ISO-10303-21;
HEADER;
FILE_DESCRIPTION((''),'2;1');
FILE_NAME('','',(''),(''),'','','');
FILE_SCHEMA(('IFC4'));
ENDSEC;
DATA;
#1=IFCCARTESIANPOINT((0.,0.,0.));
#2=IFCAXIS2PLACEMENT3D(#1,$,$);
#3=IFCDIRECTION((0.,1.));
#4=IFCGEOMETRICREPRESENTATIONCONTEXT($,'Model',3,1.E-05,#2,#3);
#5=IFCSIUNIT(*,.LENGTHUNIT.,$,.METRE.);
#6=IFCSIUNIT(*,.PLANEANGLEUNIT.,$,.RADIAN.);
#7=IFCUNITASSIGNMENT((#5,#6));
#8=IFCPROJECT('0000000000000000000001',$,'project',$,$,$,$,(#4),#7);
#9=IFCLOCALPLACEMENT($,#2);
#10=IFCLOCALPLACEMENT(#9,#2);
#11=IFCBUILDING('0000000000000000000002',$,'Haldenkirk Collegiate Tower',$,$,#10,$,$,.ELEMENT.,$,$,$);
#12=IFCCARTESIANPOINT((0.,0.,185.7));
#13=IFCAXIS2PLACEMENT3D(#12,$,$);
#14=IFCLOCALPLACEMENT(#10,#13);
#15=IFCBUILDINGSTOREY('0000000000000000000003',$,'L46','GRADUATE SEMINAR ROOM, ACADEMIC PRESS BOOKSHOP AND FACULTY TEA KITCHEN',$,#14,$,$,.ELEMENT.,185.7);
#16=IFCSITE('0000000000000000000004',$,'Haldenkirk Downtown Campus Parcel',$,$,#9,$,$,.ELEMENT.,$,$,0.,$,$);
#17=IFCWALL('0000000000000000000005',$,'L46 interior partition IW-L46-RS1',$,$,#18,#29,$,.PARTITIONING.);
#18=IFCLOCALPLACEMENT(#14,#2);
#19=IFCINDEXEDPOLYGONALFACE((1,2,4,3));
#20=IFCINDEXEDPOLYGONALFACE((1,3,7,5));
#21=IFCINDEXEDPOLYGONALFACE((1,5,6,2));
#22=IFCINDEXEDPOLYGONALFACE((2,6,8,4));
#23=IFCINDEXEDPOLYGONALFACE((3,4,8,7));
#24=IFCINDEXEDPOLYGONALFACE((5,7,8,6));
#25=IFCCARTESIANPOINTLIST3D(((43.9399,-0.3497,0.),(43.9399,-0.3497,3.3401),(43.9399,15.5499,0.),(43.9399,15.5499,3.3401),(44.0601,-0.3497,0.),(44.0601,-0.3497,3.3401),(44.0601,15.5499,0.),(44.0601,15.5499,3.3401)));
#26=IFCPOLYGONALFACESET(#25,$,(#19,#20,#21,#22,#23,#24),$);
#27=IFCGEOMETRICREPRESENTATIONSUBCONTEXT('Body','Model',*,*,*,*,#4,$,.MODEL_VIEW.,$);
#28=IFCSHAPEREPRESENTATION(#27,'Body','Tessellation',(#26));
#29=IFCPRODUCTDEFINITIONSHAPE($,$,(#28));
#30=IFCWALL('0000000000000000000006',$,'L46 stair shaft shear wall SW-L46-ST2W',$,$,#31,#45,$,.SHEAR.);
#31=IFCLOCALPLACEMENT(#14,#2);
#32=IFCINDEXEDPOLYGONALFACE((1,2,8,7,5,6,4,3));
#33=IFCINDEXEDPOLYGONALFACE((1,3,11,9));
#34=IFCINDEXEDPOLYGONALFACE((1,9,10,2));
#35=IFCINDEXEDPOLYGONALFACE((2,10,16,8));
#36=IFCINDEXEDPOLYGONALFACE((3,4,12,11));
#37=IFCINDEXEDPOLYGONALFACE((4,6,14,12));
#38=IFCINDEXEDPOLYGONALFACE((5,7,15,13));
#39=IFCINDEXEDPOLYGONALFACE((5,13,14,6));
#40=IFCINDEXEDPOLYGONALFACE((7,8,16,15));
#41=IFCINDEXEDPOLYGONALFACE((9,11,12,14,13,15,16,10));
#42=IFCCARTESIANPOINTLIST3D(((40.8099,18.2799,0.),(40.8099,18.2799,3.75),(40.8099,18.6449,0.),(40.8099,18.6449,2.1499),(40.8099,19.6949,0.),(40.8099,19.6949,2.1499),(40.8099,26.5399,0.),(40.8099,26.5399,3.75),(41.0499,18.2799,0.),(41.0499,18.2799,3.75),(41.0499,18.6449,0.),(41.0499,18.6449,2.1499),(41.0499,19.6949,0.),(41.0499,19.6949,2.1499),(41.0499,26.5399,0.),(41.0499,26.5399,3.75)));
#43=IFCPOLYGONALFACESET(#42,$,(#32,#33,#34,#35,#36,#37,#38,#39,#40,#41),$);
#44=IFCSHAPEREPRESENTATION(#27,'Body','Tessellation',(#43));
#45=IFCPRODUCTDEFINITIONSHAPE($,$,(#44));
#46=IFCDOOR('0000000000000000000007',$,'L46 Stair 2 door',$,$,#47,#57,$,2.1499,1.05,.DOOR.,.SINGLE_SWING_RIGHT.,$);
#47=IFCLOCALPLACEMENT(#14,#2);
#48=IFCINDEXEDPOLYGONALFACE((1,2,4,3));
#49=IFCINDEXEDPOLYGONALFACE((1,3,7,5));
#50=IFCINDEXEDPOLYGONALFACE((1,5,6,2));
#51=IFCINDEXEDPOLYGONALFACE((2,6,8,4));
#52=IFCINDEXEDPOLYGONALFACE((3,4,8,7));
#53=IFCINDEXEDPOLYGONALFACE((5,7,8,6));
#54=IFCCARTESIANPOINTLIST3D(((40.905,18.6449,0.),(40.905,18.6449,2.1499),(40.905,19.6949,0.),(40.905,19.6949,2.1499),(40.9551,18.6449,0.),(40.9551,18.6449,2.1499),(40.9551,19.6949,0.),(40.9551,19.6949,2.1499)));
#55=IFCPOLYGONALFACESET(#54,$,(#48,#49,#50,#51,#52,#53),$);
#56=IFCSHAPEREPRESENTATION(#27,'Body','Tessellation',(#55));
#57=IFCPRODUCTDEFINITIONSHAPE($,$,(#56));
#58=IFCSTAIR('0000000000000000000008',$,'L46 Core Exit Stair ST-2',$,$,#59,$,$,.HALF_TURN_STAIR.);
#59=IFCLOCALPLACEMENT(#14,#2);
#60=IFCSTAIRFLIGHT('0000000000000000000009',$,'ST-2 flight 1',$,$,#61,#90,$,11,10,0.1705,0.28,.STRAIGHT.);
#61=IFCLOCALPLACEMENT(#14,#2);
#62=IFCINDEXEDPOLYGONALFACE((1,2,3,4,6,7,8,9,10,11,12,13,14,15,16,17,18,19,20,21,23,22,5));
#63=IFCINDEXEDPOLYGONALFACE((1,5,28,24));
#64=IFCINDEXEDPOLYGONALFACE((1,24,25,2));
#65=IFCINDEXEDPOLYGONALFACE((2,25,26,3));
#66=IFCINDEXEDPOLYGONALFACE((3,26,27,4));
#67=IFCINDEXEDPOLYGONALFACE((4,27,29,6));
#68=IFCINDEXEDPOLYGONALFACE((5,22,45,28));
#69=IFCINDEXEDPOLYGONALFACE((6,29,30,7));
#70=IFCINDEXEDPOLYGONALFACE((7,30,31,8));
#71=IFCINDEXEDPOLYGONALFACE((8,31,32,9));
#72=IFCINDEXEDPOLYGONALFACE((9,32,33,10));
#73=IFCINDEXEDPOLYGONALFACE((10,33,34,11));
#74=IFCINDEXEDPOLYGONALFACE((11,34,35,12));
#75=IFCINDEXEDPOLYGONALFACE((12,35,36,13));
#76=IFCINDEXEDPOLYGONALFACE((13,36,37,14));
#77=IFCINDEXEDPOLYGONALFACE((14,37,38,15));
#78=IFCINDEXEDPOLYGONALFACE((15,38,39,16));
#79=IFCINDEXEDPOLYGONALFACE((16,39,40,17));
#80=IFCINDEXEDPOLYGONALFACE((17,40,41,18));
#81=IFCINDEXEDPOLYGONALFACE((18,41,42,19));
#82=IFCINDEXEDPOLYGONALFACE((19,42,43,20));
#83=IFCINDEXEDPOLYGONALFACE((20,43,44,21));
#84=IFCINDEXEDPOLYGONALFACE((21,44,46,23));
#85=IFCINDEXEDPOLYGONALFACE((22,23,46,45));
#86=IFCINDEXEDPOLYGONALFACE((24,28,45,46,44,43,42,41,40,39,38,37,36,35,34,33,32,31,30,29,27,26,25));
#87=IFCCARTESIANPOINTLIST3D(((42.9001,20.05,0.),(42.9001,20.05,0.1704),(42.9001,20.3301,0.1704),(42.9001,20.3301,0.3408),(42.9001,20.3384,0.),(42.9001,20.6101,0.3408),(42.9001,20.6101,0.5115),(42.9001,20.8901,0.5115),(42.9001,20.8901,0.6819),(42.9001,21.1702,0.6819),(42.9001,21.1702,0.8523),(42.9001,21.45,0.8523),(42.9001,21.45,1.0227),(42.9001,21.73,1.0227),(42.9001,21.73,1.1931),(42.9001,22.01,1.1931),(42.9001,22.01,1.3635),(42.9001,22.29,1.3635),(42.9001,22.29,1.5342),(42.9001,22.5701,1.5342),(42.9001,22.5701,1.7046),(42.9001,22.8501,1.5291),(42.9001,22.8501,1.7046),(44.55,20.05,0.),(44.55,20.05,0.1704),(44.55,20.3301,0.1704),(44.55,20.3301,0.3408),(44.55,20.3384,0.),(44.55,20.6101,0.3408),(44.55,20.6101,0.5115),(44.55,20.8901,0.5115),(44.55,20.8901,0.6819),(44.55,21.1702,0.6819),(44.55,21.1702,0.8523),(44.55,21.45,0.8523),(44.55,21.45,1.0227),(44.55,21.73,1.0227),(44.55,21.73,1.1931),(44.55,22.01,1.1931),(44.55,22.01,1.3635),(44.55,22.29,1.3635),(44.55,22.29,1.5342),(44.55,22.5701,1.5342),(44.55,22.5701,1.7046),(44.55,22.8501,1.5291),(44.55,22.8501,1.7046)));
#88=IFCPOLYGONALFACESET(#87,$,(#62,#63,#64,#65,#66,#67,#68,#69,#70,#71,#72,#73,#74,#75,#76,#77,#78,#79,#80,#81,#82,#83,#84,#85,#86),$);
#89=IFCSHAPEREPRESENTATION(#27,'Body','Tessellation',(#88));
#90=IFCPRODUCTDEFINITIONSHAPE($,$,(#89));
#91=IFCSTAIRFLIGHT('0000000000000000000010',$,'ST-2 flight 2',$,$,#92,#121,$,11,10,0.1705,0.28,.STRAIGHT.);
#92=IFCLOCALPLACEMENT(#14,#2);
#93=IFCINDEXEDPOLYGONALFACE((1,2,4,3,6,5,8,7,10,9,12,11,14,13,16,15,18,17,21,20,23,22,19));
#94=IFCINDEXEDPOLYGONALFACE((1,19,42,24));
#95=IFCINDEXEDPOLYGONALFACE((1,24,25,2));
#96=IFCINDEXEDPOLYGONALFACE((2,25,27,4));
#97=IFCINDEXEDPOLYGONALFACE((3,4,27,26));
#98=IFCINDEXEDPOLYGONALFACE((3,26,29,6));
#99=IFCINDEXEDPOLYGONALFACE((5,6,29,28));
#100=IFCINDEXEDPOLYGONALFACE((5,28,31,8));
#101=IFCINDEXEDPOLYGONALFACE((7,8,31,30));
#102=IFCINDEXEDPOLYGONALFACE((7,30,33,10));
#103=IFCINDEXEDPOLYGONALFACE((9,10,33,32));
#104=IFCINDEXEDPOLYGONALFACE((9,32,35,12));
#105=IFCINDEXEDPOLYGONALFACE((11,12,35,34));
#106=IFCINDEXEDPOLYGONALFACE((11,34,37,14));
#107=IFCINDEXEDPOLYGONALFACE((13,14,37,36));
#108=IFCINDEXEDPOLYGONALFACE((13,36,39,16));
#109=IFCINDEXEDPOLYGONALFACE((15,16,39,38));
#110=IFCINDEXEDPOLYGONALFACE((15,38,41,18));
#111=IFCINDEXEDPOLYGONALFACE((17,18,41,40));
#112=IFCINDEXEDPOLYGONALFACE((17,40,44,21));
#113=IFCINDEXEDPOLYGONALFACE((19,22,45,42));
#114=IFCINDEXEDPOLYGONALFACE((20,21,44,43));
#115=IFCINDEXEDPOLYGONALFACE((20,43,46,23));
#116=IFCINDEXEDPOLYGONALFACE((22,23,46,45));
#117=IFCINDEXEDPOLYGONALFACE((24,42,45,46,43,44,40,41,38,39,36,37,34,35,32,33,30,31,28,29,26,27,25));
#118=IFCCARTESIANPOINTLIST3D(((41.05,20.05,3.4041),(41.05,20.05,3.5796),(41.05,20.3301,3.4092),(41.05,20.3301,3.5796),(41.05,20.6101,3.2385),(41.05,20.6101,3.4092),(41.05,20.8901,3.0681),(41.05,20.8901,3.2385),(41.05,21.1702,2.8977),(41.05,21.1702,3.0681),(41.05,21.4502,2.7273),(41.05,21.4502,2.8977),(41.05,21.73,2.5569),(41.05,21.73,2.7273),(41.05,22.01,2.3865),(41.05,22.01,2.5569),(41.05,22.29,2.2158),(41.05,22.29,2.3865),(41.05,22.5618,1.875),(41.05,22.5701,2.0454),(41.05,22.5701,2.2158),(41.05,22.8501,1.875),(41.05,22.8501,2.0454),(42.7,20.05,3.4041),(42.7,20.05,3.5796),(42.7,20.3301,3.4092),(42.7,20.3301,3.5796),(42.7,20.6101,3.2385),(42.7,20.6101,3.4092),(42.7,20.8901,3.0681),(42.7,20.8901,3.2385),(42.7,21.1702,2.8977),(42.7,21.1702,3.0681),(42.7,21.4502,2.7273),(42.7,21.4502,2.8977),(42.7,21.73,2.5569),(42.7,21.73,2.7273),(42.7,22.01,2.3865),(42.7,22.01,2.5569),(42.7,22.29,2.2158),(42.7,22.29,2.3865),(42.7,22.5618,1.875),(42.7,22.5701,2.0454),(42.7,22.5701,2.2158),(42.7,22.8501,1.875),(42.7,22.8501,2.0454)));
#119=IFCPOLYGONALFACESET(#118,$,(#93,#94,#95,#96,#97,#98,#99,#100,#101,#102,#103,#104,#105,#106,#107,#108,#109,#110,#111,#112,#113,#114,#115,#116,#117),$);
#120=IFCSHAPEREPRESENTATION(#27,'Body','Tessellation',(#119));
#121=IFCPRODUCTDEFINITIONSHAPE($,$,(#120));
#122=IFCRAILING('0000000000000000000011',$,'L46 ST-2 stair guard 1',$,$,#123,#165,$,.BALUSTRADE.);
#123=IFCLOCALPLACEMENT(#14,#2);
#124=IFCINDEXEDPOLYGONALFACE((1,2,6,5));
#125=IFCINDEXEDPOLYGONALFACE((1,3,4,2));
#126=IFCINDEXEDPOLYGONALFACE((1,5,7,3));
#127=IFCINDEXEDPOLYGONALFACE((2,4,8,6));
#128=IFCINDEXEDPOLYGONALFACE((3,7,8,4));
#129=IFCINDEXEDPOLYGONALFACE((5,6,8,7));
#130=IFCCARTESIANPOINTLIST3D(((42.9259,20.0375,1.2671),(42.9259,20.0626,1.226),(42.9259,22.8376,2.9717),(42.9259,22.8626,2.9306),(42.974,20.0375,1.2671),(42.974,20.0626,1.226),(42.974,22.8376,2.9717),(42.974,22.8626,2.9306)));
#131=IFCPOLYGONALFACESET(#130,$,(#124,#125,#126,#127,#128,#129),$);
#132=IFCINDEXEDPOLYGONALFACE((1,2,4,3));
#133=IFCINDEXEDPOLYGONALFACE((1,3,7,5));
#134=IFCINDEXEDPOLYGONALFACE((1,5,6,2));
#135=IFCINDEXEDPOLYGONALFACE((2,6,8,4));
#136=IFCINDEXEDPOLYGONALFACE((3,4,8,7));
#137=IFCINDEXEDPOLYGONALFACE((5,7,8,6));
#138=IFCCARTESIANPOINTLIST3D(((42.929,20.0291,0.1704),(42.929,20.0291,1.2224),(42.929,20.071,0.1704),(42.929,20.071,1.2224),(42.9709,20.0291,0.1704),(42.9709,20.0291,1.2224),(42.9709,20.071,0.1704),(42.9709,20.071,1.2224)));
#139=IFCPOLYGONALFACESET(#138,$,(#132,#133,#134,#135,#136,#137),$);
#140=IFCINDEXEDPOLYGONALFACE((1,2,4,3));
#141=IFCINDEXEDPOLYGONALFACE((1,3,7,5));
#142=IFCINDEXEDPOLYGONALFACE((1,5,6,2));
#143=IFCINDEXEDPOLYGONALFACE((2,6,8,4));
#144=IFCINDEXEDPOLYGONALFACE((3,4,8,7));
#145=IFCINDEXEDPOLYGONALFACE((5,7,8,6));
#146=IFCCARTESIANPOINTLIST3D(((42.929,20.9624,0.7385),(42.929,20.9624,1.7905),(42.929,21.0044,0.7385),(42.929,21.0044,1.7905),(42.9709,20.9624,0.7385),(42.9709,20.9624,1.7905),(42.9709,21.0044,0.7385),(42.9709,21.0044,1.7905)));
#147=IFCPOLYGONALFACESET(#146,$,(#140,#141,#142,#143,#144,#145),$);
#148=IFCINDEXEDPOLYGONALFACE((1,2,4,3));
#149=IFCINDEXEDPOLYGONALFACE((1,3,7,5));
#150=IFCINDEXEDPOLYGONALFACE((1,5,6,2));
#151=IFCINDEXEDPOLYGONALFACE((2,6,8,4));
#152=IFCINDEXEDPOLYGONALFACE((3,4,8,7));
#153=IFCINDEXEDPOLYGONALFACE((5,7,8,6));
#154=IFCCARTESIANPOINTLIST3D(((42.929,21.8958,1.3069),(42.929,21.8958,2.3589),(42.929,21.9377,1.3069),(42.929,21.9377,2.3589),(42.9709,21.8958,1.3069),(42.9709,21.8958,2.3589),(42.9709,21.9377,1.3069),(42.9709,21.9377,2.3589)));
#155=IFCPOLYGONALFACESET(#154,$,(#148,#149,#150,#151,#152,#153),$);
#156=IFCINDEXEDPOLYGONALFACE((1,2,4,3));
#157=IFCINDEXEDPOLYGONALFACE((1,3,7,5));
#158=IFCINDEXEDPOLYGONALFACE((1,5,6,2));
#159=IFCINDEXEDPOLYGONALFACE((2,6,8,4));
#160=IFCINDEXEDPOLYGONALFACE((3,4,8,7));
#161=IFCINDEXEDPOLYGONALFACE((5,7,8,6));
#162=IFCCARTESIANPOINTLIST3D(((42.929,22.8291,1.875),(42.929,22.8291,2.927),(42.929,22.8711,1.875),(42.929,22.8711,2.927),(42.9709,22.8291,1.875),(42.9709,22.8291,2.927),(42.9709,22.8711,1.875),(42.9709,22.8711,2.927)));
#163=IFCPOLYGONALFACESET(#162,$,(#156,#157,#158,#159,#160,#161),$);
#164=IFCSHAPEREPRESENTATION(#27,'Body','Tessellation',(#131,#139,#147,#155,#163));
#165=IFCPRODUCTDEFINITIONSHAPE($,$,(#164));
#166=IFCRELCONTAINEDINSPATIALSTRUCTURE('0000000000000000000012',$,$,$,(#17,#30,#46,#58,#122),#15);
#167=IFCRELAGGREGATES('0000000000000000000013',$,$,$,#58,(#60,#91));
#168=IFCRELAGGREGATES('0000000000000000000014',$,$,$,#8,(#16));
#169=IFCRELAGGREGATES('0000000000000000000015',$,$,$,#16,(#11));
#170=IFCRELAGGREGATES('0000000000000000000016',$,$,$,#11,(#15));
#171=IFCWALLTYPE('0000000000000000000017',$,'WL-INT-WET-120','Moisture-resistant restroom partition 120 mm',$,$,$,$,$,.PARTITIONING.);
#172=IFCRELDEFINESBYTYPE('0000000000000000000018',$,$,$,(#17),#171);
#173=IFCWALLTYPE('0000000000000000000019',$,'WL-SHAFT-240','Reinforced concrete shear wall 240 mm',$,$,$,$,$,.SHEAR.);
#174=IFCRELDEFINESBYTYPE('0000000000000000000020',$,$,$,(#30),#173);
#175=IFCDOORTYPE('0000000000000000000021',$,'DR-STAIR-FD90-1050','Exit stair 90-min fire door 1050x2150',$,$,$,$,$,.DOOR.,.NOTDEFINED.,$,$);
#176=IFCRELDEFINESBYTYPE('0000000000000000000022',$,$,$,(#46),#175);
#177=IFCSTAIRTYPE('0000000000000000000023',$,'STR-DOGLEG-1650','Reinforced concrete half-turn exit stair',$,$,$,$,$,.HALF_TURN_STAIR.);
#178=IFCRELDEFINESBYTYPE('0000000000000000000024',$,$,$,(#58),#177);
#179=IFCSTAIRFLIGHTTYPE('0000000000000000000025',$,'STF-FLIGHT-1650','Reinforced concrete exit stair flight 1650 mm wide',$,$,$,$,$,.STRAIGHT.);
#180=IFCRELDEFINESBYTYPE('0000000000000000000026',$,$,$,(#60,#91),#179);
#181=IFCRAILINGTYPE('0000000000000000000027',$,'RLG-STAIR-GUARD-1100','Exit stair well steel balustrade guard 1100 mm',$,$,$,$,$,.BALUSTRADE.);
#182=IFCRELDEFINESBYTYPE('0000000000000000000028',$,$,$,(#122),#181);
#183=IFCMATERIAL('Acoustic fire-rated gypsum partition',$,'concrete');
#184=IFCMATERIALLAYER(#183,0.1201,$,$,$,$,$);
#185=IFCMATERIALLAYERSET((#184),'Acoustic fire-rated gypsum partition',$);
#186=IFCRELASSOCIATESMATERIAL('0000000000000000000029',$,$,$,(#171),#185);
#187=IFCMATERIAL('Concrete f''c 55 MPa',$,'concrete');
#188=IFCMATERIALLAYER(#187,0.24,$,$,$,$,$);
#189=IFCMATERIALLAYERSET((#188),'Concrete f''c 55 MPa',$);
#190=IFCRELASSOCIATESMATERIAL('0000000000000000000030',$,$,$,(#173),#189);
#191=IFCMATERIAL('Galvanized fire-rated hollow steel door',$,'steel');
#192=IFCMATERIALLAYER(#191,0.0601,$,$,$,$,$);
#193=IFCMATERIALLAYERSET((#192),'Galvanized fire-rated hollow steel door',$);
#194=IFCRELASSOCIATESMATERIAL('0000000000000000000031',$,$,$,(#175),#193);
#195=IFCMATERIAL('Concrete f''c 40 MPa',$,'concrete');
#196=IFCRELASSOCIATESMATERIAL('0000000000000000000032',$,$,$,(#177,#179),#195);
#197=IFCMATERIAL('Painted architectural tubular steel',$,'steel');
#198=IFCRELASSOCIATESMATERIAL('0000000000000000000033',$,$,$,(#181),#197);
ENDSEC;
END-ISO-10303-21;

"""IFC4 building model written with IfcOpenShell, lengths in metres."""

from ifc_helpers import new_model, si_unit, direction, frame, frame_2d, origin, origin_2d, place, context, subcontext, project, spatial, polyline, rectangle, outline, extrude, material, layer, layer_set, type_object, element, fill, aggregate, save


model = new_model("IFC4")

# Units and contexts
model_context = context("Model", 3, precision=1e-05, world=origin(), true_north=direction((0.0, 1.0)))
body_context = subcontext(model_context, "Body", "Model", "MODEL_VIEW")
ifc_project = project(units=[si_unit("LENGTHUNIT", "METRE"), si_unit("PLANEANGLEUNIT", "RADIAN")], contexts=[model_context])

# Site, building, storey
site_placement = place(None, origin())
site = spatial("IfcSite", under=ifc_project, at=site_placement, Name="Haldenkirk Downtown Campus Parcel", CompositionType="ELEMENT", RefElevation=0.0)
building_placement = place(site_placement, origin())
building = spatial("IfcBuilding", under=site, at=building_placement, Name="Haldenkirk Collegiate Tower", CompositionType="ELEMENT")
storey_placement = place(building_placement, frame((0.0, 0.0, 185.7)))
storey = spatial("IfcBuildingStorey", under=building, at=storey_placement, Name="L46", Description="GRADUATE SEMINAR ROOM, ACADEMIC PRESS BOOKSHOP AND FACULTY TEA KITCHEN", CompositionType="ELEMENT", Elevation=185.7)

# Wall
ifc_material_1 = material(Name="Acoustic fire-rated gypsum partition", Category="concrete")
ifc_layer_1 = layer(ifc_material_1, 0.1201)
ifc_layer_set_1 = layer_set([ifc_layer_1], Name="Acoustic fire-rated gypsum partition")
wall_type_1 = type_object("IfcWallType", Name="WL-INT-WET-120", Description="Moisture-resistant restroom partition 120 mm", PredefinedType="PARTITIONING", material=ifc_layer_set_1)
wall_1_placement = place(storey_placement, frame((44.0, -0.3496, 0.0), z_axis=(0.0, 0.0, 1.0), x_axis=(0.0, 1.0, 0.0)))
element("IfcWall", 1, at=wall_1_placement, inside=storey, type_object=wall_type_1, Name="L46 interior partition IW-L46-RS1", PredefinedType="PARTITIONING", context=body_context, shape_type="SweptSolid", body=[
    extrude(rectangle(XDim=15.8997, YDim=0.1201, at=frame_2d((7.9497, 0.0))), origin(), (0.0, 0.0, 1.0), 3.3401),
])

# Wall, opening, door
ifc_material_2 = material(Name="Concrete f'c 55 MPa", Category="concrete")
ifc_layer_2 = layer(ifc_material_2, 0.24)
ifc_layer_set_2 = layer_set([ifc_layer_2], Name="Concrete f'c 55 MPa")
wall_type_2 = type_object("IfcWallType", Name="WL-SHAFT-240", Description="Reinforced concrete shear wall 240 mm", PredefinedType="SHEAR", material=ifc_layer_set_2)
wall_2_placement = place(storey_placement, frame((40.9299, 18.28, 0.0), z_axis=(0.0, 0.0, 1.0), x_axis=(0.0, 1.0, 0.0)))
wall_2 = element("IfcWall", 2, at=wall_2_placement, inside=storey, type_object=wall_type_2, Name="L46 stair shaft shear wall SW-L46-ST2W", PredefinedType="SHEAR", context=body_context, shape_type="SweptSolid", body=[
    extrude(rectangle(XDim=8.26, YDim=0.24, at=frame_2d((4.1299, 0.0))), origin(), (0.0, 0.0, 1.0), 3.75),
])
opening_1_placement = place(wall_2_placement, frame((0.365, 0.0, 0.0)))
opening_1 = element("IfcOpeningElement", 3, at=opening_1_placement, cuts=wall_2, PredefinedType="OPENING", context=body_context, shape_type="SweptSolid", body=[
    extrude(rectangle(XDim=1.05, YDim=2.1499, at=frame_2d((0.5249, 1.075))), frame((0.0, 0.1299, 0.0), z_axis=(0.0, -1.0, 0.0), x_axis=(1.0, 0.0, 0.0)), (0.0, 0.0, 1.0), 0.26),
])
ifc_material_3 = material(Name="Galvanized fire-rated hollow steel door", Category="steel")
ifc_layer_3 = layer(ifc_material_3, 0.0601)
ifc_layer_set_3 = layer_set([ifc_layer_3], Name="Galvanized fire-rated hollow steel door")
door_type_1 = type_object("IfcDoorType", Name="DR-STAIR-FD90-1050", Description="Exit stair 90-min fire door 1050x2150", OperationType="NOTDEFINED", PredefinedType="DOOR", material=ifc_layer_set_3)
door_1_placement = place(opening_1_placement, origin())
door_1 = element("IfcDoor", 4, at=door_1_placement, inside=storey, type_object=door_type_1, Name="L46 Stair 2 door", OperationType="SINGLE_SWING_RIGHT", OverallHeight=2.1499, OverallWidth=1.05, PredefinedType="DOOR", context=body_context, shape_type="SweptSolid", body=[
    extrude(rectangle(XDim=1.05, YDim=2.1499, at=frame_2d((0.5249, 1.075))), frame((0.0, 0.0249, 0.0), z_axis=(0.0, -1.0, 0.0), x_axis=(1.0, 0.0, 0.0)), (0.0, 0.0, 1.0), 0.05),
])
fill(opening_1, door_1)

# Stair, stair flights
ifc_material_4 = material(Name="Concrete f'c 40 MPa", Category="concrete")
stair_type = type_object("IfcStairType", Name="STR-DOGLEG-1650", Description="Reinforced concrete half-turn exit stair", PredefinedType="HALF_TURN_STAIR", material=ifc_material_4)
stair_placement = place(storey_placement, origin())
stair = element("IfcStair", 5, at=stair_placement, inside=storey, type_object=stair_type, Name="L46 Core Exit Stair ST-2", PredefinedType="HALF_TURN_STAIR")
stair_flight_type = type_object("IfcStairFlightType", Name="STF-FLIGHT-1650", Description="Reinforced concrete exit stair flight 1650 mm wide", PredefinedType="STRAIGHT", material=ifc_material_4)
stair_flight_1_placement = place(storey_placement, frame((43.7251, 20.05, 0.0), z_axis=(0.0, 0.0, 1.0), x_axis=(0.0, 1.0, 0.0)))
stair_flight_1 = element("IfcStairFlight", 6, at=stair_flight_1_placement, type_object=stair_flight_type, Name="ST-2 flight 1", NumberOfRisers=11, NumberOfTreads=10, PredefinedType="STRAIGHT", RiserHeight=0.1705, TreadLength=0.28, context=body_context, shape_type="SweptSolid", body=[
    extrude(outline(polyline([(0.0, 0.0), (0.0, 0.1704), (0.28, 0.1704), (0.28, 0.3408), (0.5601, 0.3408), (0.5601, 0.5115), (0.8401, 0.5115), (0.8401, 0.6819), (1.1201, 0.6819), (1.1201, 0.8523), (1.3999, 0.8523), (1.3999, 1.0227), (1.6799, 1.0227), (1.6799, 1.1931), (1.96, 1.1931), (1.96, 1.3635), (2.24, 1.3635), (2.24, 1.5342), (2.52, 1.5342), (2.52, 1.7046), (2.8, 1.7046), (2.8, 1.875), (2.8, 1.5291), (0.2883, 0.0), (0.0, 0.0)])), frame((0.0, 0.825, 0.0), z_axis=(0.0, -1.0, 0.0), x_axis=(1.0, 0.0, 0.0)), (0.0, 0.0, 1.0), 1.6499),
])
stair_flight_2_placement = place(storey_placement, frame((41.875, 22.8501, 1.875), z_axis=(0.0, 0.0, 1.0), x_axis=(0.0, -1.0, 0.0)))
stair_flight_2 = element("IfcStairFlight", 7, at=stair_flight_2_placement, type_object=stair_flight_type, Name="ST-2 flight 2", NumberOfRisers=11, NumberOfTreads=10, PredefinedType="STRAIGHT", RiserHeight=0.1705, TreadLength=0.28, context=body_context, shape_type="SweptSolid", body=[
    extrude(outline(polyline([(0.0, 0.0), (0.0, 0.1704), (0.28, 0.1704), (0.28, 0.3408), (0.5601, 0.3408), (0.5601, 0.5115), (0.8401, 0.5115), (0.8401, 0.6819), (1.1201, 0.6819), (1.1201, 0.8523), (1.3999, 0.8523), (1.3999, 1.0227), (1.6799, 1.0227), (1.6799, 1.1931), (1.96, 1.1931), (1.96, 1.3635), (2.24, 1.3635), (2.24, 1.5342), (2.52, 1.5342), (2.52, 1.7046), (2.8, 1.7046), (2.8, 1.875), (2.8, 1.5291), (0.2883, 0.0), (0.0, 0.0)])), frame((0.0, 0.825, 0.0), z_axis=(0.0, -1.0, 0.0), x_axis=(1.0, 0.0, 0.0)), (0.0, 0.0, 1.0), 1.6499),
])
aggregate(stair, [stair_flight_1, stair_flight_2])

# Railing
ifc_material_5 = material(Name="Painted architectural tubular steel", Category="steel")
railing_type_1 = type_object("IfcRailingType", Name="RLG-STAIR-GUARD-1100", Description="Exit stair well steel balustrade guard 1100 mm", PredefinedType="BALUSTRADE", material=ifc_material_5)
railing_1_placement = place(storey_placement, frame((42.95, 20.05, 0.1704)))
element("IfcRailing", 8, at=railing_1_placement, inside=storey, type_object=railing_type_1, Name="L46 ST-2 stair guard 1", PredefinedType="BALUSTRADE", context=body_context, shape_type="SweptSolid", body=[
    extrude(rectangle(XDim=0.0481, YDim=0.0481, at=origin_2d()), frame((0.0, 0.0, 1.0762), z_axis=(0.0, 0.85417, 0.519994), x_axis=(-1.0, 0.0, 0.0)), (0.0, 0.0, 1.0), 3.2781),
    extrude(rectangle(XDim=0.042, YDim=0.042, at=origin_2d()), origin(), (0.0, 0.0, 1.0), 1.052),
    extrude(rectangle(XDim=0.042, YDim=0.042, at=origin_2d()), frame((0.0, 0.9333, 0.5681)), (0.0, 0.0, 1.0), 1.052),
    extrude(rectangle(XDim=0.042, YDim=0.042, at=origin_2d()), frame((0.0, 1.8667, 1.1365)), (0.0, 0.0, 1.0), 1.052),
    extrude(rectangle(XDim=0.042, YDim=0.042, at=origin_2d()), frame((0.0, 2.8, 1.7046)), (0.0, 0.0, 1.0), 1.052),
])

save(model, "model.ifc")
